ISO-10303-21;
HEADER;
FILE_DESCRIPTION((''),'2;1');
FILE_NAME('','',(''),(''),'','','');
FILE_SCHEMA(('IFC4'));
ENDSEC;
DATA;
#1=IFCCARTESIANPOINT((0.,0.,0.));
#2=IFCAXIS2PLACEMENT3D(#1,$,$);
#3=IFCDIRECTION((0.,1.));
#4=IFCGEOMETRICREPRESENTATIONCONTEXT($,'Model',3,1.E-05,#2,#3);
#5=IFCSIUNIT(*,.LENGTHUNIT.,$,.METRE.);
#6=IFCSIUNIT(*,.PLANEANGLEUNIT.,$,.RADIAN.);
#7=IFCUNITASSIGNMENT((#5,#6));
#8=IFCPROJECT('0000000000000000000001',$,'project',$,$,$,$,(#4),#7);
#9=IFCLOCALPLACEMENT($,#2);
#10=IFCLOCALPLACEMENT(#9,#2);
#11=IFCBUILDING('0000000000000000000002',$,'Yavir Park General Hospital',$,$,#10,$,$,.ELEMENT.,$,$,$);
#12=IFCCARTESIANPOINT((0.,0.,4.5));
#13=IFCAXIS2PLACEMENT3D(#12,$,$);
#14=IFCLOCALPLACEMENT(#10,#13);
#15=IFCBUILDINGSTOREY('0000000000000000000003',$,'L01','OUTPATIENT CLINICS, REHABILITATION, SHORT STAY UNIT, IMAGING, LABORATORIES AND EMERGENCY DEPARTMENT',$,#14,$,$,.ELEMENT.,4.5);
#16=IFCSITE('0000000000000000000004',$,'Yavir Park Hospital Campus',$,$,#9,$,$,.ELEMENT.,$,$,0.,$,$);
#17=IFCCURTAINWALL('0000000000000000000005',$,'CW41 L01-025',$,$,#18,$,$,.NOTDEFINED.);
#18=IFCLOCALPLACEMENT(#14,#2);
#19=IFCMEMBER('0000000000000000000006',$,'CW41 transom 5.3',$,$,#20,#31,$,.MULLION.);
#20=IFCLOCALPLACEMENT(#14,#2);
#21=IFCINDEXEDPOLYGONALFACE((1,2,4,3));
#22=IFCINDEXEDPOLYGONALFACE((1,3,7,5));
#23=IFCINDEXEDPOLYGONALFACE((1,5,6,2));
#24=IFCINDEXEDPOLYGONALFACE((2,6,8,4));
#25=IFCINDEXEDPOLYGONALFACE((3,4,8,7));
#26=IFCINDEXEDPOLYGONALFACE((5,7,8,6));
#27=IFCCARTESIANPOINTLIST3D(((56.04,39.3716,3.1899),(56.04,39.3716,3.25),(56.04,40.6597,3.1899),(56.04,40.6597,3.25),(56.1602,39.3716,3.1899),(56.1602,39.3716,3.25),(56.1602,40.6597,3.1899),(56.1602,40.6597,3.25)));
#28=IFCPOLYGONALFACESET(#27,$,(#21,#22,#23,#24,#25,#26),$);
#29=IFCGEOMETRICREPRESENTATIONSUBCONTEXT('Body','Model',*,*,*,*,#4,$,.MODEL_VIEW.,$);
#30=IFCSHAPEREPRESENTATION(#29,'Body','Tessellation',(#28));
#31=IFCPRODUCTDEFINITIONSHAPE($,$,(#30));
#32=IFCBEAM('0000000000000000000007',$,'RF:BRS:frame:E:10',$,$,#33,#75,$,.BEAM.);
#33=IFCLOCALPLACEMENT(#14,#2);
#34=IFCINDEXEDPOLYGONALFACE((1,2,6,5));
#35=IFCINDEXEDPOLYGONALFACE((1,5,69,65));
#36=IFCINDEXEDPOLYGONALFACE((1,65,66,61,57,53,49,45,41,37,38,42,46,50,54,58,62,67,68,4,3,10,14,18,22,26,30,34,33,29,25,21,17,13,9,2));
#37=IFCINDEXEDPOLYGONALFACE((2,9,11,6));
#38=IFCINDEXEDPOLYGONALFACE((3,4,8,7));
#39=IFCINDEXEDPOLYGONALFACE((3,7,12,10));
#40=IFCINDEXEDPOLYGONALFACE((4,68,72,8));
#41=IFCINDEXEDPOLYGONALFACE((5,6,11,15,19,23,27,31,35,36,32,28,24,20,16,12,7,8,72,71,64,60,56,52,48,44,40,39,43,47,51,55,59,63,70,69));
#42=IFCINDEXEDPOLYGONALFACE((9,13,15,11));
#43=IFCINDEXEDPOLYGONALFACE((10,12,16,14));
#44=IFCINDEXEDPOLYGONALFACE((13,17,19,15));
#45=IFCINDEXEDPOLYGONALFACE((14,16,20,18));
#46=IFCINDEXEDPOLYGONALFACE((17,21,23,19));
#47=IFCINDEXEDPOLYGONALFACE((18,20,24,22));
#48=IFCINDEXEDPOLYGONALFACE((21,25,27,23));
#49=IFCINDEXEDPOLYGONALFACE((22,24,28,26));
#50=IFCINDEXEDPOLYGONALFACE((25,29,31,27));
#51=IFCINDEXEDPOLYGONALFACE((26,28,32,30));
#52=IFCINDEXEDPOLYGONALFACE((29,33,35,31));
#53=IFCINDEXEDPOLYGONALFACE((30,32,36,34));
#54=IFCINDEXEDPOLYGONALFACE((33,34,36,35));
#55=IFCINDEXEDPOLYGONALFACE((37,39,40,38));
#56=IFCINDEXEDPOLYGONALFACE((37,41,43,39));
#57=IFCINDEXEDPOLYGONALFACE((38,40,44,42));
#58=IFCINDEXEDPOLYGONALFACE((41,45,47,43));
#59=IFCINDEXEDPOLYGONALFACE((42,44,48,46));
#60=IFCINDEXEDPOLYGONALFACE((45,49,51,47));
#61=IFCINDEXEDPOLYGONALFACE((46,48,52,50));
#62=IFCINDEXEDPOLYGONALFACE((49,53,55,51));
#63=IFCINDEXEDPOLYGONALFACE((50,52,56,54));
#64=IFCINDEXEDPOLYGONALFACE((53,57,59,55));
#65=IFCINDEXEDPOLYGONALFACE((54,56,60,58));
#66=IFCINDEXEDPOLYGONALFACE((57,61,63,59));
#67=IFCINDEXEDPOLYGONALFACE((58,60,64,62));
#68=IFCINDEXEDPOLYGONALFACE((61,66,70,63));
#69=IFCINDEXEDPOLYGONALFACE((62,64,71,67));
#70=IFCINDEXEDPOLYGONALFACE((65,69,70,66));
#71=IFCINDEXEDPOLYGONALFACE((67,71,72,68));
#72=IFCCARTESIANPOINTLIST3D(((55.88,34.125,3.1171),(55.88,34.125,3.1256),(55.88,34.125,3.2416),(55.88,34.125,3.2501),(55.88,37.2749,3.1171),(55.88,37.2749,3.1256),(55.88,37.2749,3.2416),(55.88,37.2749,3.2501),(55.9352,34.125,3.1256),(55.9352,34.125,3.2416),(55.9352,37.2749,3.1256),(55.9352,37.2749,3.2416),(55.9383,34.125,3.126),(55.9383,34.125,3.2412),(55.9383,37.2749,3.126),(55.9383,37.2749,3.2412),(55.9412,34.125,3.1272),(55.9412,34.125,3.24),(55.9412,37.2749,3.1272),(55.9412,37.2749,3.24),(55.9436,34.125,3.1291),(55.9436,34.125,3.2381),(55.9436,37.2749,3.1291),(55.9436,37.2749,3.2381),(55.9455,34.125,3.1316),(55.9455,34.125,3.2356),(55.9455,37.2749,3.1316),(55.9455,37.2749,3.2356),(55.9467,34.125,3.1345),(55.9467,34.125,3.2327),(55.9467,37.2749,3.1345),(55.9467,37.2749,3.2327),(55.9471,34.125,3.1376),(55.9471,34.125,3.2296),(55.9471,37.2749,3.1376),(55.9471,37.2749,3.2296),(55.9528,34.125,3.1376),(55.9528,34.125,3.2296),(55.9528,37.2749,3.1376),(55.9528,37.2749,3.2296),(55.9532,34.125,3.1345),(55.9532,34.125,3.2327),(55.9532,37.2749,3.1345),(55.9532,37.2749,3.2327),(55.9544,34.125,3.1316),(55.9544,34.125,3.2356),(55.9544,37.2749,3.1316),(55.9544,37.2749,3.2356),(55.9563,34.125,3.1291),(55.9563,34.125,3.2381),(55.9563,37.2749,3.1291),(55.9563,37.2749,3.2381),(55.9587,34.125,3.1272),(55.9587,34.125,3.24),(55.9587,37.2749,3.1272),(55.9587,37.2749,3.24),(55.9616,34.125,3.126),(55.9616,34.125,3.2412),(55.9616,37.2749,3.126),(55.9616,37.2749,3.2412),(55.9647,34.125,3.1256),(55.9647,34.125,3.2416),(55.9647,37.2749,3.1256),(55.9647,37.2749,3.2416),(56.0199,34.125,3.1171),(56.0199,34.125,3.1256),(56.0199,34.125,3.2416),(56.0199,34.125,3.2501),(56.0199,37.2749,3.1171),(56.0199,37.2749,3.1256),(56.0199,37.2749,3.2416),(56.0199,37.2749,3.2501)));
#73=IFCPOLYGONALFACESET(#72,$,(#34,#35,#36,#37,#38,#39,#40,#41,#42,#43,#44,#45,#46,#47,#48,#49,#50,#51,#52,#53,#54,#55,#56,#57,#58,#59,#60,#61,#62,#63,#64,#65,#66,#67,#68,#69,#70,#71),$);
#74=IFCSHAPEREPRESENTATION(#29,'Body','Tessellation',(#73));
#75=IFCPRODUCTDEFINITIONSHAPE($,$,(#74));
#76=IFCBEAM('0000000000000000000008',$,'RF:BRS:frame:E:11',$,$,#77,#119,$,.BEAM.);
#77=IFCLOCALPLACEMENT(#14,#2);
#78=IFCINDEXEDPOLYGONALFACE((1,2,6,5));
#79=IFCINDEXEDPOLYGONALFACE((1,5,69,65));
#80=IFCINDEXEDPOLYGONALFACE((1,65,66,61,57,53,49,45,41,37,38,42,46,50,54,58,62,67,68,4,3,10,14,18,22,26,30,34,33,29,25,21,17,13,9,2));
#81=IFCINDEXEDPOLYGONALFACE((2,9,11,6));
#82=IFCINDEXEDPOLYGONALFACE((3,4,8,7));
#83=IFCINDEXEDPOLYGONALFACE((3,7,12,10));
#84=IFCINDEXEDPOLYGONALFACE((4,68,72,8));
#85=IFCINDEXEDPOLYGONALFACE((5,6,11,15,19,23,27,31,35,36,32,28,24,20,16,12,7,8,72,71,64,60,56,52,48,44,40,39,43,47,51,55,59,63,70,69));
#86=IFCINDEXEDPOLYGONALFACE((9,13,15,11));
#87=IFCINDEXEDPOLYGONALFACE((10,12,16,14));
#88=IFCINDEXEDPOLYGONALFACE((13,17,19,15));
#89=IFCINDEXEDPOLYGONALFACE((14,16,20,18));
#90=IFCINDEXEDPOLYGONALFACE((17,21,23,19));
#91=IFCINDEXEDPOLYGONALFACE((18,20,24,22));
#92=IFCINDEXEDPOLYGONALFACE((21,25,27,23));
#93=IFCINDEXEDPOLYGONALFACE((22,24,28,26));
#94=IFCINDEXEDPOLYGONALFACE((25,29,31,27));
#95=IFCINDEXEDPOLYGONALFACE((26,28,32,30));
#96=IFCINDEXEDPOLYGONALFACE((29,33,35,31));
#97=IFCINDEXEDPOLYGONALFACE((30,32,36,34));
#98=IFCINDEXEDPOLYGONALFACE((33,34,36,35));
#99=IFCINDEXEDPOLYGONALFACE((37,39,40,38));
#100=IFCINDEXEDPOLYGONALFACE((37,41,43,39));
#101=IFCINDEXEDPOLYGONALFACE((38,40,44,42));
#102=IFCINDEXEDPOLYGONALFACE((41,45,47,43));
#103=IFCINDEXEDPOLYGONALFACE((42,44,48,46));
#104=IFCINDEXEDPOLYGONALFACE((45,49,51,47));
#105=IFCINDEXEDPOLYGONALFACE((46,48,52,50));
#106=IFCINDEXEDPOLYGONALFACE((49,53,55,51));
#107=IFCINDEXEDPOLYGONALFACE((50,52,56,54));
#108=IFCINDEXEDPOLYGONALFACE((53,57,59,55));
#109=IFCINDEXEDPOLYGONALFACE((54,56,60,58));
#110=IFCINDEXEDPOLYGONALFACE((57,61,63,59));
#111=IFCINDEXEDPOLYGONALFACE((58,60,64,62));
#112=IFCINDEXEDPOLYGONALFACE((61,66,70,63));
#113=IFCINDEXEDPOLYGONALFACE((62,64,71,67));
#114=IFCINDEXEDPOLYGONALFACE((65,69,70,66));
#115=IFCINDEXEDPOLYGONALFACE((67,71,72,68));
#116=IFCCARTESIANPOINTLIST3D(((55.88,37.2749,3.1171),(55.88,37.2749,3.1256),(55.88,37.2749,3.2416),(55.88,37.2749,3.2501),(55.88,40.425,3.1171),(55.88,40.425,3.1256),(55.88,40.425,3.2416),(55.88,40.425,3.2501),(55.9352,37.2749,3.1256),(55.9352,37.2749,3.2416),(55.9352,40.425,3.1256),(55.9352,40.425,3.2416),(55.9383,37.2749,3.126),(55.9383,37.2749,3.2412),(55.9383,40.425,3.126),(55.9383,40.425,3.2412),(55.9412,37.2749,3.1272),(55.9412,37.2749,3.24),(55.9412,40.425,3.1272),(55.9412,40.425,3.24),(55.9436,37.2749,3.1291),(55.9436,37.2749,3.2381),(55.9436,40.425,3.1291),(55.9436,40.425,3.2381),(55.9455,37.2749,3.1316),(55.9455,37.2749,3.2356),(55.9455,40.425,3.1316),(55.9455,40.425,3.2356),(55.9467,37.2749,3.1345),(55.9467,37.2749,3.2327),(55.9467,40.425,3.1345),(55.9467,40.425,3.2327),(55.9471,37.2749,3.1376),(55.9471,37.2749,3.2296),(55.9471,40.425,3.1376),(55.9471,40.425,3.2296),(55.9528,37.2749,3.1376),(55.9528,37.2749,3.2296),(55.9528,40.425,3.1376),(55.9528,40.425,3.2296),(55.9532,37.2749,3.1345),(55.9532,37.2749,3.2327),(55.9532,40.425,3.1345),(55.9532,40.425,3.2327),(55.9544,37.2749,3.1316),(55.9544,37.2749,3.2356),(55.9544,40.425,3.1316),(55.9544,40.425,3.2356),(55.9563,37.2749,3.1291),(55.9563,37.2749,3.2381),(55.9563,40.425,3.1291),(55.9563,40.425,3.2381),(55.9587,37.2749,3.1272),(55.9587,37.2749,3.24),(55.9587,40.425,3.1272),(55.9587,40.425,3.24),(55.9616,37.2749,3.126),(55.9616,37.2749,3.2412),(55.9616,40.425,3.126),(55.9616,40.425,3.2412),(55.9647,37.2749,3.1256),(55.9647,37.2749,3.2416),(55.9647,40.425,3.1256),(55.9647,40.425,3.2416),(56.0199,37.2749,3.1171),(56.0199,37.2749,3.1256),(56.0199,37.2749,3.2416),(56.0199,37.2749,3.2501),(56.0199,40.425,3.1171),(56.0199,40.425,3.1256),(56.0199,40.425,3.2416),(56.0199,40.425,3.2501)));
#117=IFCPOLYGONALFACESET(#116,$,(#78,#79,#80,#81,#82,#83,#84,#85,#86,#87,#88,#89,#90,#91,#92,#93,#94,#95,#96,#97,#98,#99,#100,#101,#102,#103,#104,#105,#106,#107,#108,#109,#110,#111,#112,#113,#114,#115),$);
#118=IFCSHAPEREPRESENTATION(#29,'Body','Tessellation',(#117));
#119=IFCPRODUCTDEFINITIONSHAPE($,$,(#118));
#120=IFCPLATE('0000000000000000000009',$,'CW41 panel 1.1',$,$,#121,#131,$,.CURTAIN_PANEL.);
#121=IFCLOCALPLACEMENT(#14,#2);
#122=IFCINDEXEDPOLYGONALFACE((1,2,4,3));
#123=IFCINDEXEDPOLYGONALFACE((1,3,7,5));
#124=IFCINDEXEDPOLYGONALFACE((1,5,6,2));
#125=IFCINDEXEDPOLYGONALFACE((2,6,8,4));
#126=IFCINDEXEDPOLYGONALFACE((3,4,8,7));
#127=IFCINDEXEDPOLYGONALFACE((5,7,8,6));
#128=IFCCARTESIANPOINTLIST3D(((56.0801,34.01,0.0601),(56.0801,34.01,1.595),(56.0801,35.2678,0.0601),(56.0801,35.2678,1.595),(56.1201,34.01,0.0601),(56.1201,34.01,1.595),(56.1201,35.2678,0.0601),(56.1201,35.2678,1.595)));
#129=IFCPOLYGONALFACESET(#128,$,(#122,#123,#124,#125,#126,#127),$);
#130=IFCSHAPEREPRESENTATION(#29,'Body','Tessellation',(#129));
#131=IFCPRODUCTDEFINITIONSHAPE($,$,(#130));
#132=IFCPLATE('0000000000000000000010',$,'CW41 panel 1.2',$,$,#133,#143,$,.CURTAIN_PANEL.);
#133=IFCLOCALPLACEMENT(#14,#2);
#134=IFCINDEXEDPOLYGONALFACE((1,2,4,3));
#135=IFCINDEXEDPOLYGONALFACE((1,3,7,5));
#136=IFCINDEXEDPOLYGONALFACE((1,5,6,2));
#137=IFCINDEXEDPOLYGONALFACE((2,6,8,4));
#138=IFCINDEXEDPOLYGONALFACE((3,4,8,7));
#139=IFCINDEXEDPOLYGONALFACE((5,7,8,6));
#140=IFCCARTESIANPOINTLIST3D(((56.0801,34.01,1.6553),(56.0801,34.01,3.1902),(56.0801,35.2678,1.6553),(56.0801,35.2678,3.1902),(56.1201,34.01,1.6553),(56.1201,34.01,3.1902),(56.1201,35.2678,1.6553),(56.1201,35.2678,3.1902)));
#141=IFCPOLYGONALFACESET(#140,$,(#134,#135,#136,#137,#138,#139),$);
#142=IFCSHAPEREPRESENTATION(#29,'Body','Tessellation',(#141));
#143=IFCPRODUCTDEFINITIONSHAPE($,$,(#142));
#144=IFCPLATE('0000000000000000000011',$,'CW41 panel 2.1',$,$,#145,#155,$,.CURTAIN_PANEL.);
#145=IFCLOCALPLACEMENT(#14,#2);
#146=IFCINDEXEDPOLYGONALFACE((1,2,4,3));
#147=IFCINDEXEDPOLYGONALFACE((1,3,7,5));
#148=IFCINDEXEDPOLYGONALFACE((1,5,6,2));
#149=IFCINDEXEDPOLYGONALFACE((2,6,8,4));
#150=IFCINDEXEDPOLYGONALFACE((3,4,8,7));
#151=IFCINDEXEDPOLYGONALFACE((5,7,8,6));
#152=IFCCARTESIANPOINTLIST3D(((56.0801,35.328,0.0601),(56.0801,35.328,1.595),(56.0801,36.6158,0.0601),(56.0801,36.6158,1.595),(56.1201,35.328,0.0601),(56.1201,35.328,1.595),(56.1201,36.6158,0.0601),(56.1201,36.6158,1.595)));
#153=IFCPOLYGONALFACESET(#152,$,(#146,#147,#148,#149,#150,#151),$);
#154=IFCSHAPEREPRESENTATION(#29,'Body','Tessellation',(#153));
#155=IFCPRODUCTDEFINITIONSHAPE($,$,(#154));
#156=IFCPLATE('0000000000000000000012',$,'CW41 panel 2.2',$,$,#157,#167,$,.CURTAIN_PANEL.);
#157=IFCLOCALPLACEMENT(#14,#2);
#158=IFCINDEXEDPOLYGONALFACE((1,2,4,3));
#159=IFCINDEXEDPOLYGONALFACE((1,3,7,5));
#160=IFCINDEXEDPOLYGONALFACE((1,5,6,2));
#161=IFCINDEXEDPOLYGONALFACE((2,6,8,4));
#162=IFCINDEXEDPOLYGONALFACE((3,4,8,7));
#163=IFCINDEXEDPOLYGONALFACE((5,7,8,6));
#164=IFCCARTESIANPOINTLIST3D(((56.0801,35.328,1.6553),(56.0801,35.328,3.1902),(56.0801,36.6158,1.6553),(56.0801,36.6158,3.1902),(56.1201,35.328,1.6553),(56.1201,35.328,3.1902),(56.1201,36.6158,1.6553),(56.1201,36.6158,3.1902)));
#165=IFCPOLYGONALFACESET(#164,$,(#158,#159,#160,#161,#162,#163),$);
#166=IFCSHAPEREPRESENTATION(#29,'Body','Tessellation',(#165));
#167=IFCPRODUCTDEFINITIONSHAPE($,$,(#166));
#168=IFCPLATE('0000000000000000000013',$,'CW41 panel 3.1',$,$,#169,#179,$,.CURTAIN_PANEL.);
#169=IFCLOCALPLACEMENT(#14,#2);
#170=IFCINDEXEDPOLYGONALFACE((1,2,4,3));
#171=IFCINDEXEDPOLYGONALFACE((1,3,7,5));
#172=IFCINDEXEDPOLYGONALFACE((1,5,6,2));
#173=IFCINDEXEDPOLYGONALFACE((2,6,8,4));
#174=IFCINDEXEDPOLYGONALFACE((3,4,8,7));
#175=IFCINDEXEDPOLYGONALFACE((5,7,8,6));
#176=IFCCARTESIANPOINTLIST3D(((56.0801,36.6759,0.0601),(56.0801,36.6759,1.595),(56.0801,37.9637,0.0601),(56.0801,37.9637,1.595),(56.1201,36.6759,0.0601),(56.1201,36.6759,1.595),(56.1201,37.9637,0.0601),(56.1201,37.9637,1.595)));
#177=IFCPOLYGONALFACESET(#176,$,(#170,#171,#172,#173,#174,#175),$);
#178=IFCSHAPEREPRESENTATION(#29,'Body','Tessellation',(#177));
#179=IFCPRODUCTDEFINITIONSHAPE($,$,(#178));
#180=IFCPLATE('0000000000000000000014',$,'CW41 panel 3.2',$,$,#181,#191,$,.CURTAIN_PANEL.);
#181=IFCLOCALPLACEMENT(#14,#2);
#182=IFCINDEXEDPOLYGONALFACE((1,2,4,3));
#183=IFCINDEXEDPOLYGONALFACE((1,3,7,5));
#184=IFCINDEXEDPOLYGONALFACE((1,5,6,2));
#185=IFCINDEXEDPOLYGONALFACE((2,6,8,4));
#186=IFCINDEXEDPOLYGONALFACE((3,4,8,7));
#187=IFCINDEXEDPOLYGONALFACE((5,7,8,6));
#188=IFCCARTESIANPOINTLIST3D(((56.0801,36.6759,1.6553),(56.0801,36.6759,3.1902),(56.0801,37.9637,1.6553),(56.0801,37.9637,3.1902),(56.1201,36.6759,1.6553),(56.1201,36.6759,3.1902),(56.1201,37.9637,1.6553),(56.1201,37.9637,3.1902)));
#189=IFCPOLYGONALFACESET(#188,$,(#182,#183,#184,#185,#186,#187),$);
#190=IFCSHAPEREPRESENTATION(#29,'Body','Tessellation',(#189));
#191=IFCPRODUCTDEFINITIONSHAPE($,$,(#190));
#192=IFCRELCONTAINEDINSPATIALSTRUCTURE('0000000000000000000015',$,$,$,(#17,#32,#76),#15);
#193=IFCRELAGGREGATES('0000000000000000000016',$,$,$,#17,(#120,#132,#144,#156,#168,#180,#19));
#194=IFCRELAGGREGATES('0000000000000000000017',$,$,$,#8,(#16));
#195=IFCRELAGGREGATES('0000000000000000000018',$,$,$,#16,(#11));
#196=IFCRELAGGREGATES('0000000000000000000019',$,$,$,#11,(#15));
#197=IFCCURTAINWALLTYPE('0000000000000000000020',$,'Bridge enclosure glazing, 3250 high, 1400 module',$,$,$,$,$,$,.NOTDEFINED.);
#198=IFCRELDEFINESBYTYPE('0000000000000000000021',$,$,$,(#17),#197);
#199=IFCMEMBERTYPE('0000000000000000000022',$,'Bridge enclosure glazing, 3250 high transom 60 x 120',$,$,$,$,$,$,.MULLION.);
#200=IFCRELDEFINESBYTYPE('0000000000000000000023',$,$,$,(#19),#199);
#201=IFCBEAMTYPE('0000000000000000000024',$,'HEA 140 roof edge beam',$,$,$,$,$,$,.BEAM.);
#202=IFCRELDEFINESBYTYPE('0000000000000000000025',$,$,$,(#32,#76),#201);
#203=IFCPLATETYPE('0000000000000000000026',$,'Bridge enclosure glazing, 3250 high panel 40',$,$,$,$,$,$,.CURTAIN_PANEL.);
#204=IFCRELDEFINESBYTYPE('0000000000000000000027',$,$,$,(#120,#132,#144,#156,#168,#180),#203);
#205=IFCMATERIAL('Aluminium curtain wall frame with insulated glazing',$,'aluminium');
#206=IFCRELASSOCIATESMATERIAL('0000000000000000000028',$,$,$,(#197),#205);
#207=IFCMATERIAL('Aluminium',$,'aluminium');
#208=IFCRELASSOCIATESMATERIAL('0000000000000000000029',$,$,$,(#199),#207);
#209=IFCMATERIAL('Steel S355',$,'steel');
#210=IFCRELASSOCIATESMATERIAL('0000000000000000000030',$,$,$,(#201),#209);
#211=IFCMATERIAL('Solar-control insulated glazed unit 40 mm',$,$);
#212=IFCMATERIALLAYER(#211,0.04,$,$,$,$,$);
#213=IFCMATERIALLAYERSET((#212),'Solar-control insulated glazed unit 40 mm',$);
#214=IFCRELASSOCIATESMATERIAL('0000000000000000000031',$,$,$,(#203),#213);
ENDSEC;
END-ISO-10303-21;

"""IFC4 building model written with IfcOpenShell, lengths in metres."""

from ifc_helpers import new_model, si_unit, direction, frame, origin, origin_2d, place, context, subcontext, project, spatial, rectangle, i_section, extrude, material, layer, layer_set, material_profile, profile_set, type_object, element, aggregate, save


model = new_model("IFC4")

# Units and contexts
model_context = context("Model", 3, precision=1e-05, world=origin(), true_north=direction((0.0, 1.0)))
body_context = subcontext(model_context, "Body", "Model", "MODEL_VIEW")
ifc_project = project(units=[si_unit("LENGTHUNIT", "METRE"), si_unit("PLANEANGLEUNIT", "RADIAN")], contexts=[model_context])

# Site, building, storey
site_placement = place(None, origin())
site = spatial("IfcSite", under=ifc_project, at=site_placement, Name="Yavir Park Hospital Campus", CompositionType="ELEMENT", RefElevation=0.0)
building_placement = place(site_placement, origin())
building = spatial("IfcBuilding", under=site, at=building_placement, Name="Yavir Park General Hospital", CompositionType="ELEMENT")
storey_placement = place(building_placement, frame((0.0, 0.0, 4.5)))
storey = spatial("IfcBuildingStorey", under=building, at=storey_placement, Name="L01", Description="OUTPATIENT CLINICS, REHABILITATION, SHORT STAY UNIT, IMAGING, LABORATORIES AND EMERGENCY DEPARTMENT", CompositionType="ELEMENT", Elevation=4.5)

# Curtain wall, member
ifc_material_1 = material(Name="Aluminium curtain wall frame with insulated glazing", Category="aluminium")
curtain_wall_type = type_object("IfcCurtainWallType", Name="Bridge enclosure glazing, 3250 high, 1400 module", PredefinedType="NOTDEFINED", material=ifc_material_1)
curtain_wall_placement = place(storey_placement, origin())
curtain_wall = element("IfcCurtainWall", 1, at=curtain_wall_placement, inside=storey, type_object=curtain_wall_type, Name="CW41 L01-025", PredefinedType="NOTDEFINED")
ifc_material_2 = material(Name="Aluminium", Category="aluminium")
ifc_material_profile_1 = material_profile(ifc_material_2, rectangle(XDim=0.1201, YDim=0.0601, at=origin_2d()), Name="AL 120x60")
ifc_profile_set_1 = profile_set([ifc_material_profile_1], Name="Aluminium")
member_type_1 = type_object("IfcMemberType", Name="Bridge enclosure glazing, 3250 high transom 60 x 120", PredefinedType="MULLION", material=ifc_profile_set_1)
member_1_placement = place(storey_placement, frame((56.1001, 39.3716, 3.22), z_axis=(0.0, 1.0, 0.0), x_axis=(-1.0, 0.0, 0.0)))
member_1 = element("IfcMember", 2, at=member_1_placement, type_object=member_type_1, Name="CW41 transom 5.3", PredefinedType="MULLION", context=body_context, shape_type="SweptSolid", body=[
    extrude(rectangle(XDim=0.1201, YDim=0.0601, at=origin_2d()), origin(), (0.0, 0.0, 1.0), 1.2881),
])

# Beams
ifc_material_3 = material(Name="Steel S355", Category="steel")
ifc_material_profile_2 = material_profile(ifc_material_3, i_section(OverallWidth=0.1399, OverallDepth=0.1331, WebThickness=0.0056, FlangeThickness=0.0085, FilletRadius=0.012, at=origin_2d()), Name="HEA140")
ifc_profile_set_2 = profile_set([ifc_material_profile_2], Name="Steel S355")
beam_type = type_object("IfcBeamType", Name="HEA 140 roof edge beam", PredefinedType="BEAM", material=ifc_profile_set_2)
beam_1_placement = place(storey_placement, frame((55.95, 34.125, 3.1836), z_axis=(0.0, 1.0, 0.0), x_axis=(-1.0, 0.0, 0.0)))
element("IfcBeam", 3, at=beam_1_placement, inside=storey, type_object=beam_type, Name="RF:BRS:frame:E:10", PredefinedType="BEAM", context=body_context, shape_type="SweptSolid", body=[
    extrude(i_section(OverallWidth=0.1399, OverallDepth=0.1331, WebThickness=0.0056, FlangeThickness=0.0085, FilletRadius=0.012, at=origin_2d()), origin(), (0.0, 0.0, 1.0), 3.1499),
])
beam_2_placement = place(storey_placement, frame((55.95, 37.2749, 3.1836), z_axis=(0.0, 1.0, 0.0), x_axis=(-1.0, 0.0, 0.0)))
element("IfcBeam", 4, at=beam_2_placement, inside=storey, type_object=beam_type, Name="RF:BRS:frame:E:11", PredefinedType="BEAM", context=body_context, shape_type="SweptSolid", body=[
    extrude(i_section(OverallWidth=0.1399, OverallDepth=0.1331, WebThickness=0.0056, FlangeThickness=0.0085, FilletRadius=0.012, at=origin_2d()), origin(), (0.0, 0.0, 1.0), 3.1501),
])

# Plates
ifc_material_4 = material(Name="Solar-control insulated glazed unit 40 mm")
ifc_layer = layer(ifc_material_4, 0.04)
ifc_layer_set = layer_set([ifc_layer], Name="Solar-control insulated glazed unit 40 mm")
plate_type = type_object("IfcPlateType", Name="Bridge enclosure glazing, 3250 high panel 40", PredefinedType="CURTAIN_PANEL", material=ifc_layer_set)
plate_1_placement = place(storey_placement, frame((56.1001, 34.6389, 0.0601), z_axis=(0.0, 0.0, 1.0), x_axis=(0.0, 1.0, 0.0)))
plate_1 = element("IfcPlate", 5, at=plate_1_placement, type_object=plate_type, Name="CW41 panel 1.1", PredefinedType="CURTAIN_PANEL", context=body_context, shape_type="SweptSolid", body=[
    extrude(rectangle(XDim=1.2578, YDim=0.04, at=origin_2d()), origin(), (0.0, 0.0, 1.0), 1.5349),
])
plate_2_placement = place(storey_placement, frame((56.1001, 34.6389, 1.6553), z_axis=(0.0, 0.0, 1.0), x_axis=(0.0, 1.0, 0.0)))
plate_2 = element("IfcPlate", 6, at=plate_2_placement, type_object=plate_type, Name="CW41 panel 1.2", PredefinedType="CURTAIN_PANEL", context=body_context, shape_type="SweptSolid", body=[
    extrude(rectangle(XDim=1.2578, YDim=0.04, at=origin_2d()), origin(), (0.0, 0.0, 1.0), 1.5349),
])
plate_3_placement = place(storey_placement, frame((56.1001, 35.9719, 0.0601), z_axis=(0.0, 0.0, 1.0), x_axis=(0.0, 1.0, 0.0)))
plate_3 = element("IfcPlate", 7, at=plate_3_placement, type_object=plate_type, Name="CW41 panel 2.1", PredefinedType="CURTAIN_PANEL", context=body_context, shape_type="SweptSolid", body=[
    extrude(rectangle(XDim=1.2878, YDim=0.04, at=origin_2d()), origin(), (0.0, 0.0, 1.0), 1.5349),
])
plate_4_placement = place(storey_placement, frame((56.1001, 35.9719, 1.6553), z_axis=(0.0, 0.0, 1.0), x_axis=(0.0, 1.0, 0.0)))
plate_4 = element("IfcPlate", 8, at=plate_4_placement, type_object=plate_type, Name="CW41 panel 2.2", PredefinedType="CURTAIN_PANEL", context=body_context, shape_type="SweptSolid", body=[
    extrude(rectangle(XDim=1.2878, YDim=0.04, at=origin_2d()), origin(), (0.0, 0.0, 1.0), 1.5349),
])
plate_5_placement = place(storey_placement, frame((56.1001, 37.3198, 0.0601), z_axis=(0.0, 0.0, 1.0), x_axis=(0.0, 1.0, 0.0)))
plate_5 = element("IfcPlate", 9, at=plate_5_placement, type_object=plate_type, Name="CW41 panel 3.1", PredefinedType="CURTAIN_PANEL", context=body_context, shape_type="SweptSolid", body=[
    extrude(rectangle(XDim=1.2878, YDim=0.04, at=origin_2d()), origin(), (0.0, 0.0, 1.0), 1.5349),
])
plate_6_placement = place(storey_placement, frame((56.1001, 37.3198, 1.6553), z_axis=(0.0, 0.0, 1.0), x_axis=(0.0, 1.0, 0.0)))
plate_6 = element("IfcPlate", 10, at=plate_6_placement, type_object=plate_type, Name="CW41 panel 3.2", PredefinedType="CURTAIN_PANEL", context=body_context, shape_type="SweptSolid", body=[
    extrude(rectangle(XDim=1.2878, YDim=0.04, at=origin_2d()), origin(), (0.0, 0.0, 1.0), 1.5349),
])
aggregate(curtain_wall, [plate_1, plate_2, plate_3, plate_4, plate_5, plate_6, member_1])

save(model, "model.ifc")
